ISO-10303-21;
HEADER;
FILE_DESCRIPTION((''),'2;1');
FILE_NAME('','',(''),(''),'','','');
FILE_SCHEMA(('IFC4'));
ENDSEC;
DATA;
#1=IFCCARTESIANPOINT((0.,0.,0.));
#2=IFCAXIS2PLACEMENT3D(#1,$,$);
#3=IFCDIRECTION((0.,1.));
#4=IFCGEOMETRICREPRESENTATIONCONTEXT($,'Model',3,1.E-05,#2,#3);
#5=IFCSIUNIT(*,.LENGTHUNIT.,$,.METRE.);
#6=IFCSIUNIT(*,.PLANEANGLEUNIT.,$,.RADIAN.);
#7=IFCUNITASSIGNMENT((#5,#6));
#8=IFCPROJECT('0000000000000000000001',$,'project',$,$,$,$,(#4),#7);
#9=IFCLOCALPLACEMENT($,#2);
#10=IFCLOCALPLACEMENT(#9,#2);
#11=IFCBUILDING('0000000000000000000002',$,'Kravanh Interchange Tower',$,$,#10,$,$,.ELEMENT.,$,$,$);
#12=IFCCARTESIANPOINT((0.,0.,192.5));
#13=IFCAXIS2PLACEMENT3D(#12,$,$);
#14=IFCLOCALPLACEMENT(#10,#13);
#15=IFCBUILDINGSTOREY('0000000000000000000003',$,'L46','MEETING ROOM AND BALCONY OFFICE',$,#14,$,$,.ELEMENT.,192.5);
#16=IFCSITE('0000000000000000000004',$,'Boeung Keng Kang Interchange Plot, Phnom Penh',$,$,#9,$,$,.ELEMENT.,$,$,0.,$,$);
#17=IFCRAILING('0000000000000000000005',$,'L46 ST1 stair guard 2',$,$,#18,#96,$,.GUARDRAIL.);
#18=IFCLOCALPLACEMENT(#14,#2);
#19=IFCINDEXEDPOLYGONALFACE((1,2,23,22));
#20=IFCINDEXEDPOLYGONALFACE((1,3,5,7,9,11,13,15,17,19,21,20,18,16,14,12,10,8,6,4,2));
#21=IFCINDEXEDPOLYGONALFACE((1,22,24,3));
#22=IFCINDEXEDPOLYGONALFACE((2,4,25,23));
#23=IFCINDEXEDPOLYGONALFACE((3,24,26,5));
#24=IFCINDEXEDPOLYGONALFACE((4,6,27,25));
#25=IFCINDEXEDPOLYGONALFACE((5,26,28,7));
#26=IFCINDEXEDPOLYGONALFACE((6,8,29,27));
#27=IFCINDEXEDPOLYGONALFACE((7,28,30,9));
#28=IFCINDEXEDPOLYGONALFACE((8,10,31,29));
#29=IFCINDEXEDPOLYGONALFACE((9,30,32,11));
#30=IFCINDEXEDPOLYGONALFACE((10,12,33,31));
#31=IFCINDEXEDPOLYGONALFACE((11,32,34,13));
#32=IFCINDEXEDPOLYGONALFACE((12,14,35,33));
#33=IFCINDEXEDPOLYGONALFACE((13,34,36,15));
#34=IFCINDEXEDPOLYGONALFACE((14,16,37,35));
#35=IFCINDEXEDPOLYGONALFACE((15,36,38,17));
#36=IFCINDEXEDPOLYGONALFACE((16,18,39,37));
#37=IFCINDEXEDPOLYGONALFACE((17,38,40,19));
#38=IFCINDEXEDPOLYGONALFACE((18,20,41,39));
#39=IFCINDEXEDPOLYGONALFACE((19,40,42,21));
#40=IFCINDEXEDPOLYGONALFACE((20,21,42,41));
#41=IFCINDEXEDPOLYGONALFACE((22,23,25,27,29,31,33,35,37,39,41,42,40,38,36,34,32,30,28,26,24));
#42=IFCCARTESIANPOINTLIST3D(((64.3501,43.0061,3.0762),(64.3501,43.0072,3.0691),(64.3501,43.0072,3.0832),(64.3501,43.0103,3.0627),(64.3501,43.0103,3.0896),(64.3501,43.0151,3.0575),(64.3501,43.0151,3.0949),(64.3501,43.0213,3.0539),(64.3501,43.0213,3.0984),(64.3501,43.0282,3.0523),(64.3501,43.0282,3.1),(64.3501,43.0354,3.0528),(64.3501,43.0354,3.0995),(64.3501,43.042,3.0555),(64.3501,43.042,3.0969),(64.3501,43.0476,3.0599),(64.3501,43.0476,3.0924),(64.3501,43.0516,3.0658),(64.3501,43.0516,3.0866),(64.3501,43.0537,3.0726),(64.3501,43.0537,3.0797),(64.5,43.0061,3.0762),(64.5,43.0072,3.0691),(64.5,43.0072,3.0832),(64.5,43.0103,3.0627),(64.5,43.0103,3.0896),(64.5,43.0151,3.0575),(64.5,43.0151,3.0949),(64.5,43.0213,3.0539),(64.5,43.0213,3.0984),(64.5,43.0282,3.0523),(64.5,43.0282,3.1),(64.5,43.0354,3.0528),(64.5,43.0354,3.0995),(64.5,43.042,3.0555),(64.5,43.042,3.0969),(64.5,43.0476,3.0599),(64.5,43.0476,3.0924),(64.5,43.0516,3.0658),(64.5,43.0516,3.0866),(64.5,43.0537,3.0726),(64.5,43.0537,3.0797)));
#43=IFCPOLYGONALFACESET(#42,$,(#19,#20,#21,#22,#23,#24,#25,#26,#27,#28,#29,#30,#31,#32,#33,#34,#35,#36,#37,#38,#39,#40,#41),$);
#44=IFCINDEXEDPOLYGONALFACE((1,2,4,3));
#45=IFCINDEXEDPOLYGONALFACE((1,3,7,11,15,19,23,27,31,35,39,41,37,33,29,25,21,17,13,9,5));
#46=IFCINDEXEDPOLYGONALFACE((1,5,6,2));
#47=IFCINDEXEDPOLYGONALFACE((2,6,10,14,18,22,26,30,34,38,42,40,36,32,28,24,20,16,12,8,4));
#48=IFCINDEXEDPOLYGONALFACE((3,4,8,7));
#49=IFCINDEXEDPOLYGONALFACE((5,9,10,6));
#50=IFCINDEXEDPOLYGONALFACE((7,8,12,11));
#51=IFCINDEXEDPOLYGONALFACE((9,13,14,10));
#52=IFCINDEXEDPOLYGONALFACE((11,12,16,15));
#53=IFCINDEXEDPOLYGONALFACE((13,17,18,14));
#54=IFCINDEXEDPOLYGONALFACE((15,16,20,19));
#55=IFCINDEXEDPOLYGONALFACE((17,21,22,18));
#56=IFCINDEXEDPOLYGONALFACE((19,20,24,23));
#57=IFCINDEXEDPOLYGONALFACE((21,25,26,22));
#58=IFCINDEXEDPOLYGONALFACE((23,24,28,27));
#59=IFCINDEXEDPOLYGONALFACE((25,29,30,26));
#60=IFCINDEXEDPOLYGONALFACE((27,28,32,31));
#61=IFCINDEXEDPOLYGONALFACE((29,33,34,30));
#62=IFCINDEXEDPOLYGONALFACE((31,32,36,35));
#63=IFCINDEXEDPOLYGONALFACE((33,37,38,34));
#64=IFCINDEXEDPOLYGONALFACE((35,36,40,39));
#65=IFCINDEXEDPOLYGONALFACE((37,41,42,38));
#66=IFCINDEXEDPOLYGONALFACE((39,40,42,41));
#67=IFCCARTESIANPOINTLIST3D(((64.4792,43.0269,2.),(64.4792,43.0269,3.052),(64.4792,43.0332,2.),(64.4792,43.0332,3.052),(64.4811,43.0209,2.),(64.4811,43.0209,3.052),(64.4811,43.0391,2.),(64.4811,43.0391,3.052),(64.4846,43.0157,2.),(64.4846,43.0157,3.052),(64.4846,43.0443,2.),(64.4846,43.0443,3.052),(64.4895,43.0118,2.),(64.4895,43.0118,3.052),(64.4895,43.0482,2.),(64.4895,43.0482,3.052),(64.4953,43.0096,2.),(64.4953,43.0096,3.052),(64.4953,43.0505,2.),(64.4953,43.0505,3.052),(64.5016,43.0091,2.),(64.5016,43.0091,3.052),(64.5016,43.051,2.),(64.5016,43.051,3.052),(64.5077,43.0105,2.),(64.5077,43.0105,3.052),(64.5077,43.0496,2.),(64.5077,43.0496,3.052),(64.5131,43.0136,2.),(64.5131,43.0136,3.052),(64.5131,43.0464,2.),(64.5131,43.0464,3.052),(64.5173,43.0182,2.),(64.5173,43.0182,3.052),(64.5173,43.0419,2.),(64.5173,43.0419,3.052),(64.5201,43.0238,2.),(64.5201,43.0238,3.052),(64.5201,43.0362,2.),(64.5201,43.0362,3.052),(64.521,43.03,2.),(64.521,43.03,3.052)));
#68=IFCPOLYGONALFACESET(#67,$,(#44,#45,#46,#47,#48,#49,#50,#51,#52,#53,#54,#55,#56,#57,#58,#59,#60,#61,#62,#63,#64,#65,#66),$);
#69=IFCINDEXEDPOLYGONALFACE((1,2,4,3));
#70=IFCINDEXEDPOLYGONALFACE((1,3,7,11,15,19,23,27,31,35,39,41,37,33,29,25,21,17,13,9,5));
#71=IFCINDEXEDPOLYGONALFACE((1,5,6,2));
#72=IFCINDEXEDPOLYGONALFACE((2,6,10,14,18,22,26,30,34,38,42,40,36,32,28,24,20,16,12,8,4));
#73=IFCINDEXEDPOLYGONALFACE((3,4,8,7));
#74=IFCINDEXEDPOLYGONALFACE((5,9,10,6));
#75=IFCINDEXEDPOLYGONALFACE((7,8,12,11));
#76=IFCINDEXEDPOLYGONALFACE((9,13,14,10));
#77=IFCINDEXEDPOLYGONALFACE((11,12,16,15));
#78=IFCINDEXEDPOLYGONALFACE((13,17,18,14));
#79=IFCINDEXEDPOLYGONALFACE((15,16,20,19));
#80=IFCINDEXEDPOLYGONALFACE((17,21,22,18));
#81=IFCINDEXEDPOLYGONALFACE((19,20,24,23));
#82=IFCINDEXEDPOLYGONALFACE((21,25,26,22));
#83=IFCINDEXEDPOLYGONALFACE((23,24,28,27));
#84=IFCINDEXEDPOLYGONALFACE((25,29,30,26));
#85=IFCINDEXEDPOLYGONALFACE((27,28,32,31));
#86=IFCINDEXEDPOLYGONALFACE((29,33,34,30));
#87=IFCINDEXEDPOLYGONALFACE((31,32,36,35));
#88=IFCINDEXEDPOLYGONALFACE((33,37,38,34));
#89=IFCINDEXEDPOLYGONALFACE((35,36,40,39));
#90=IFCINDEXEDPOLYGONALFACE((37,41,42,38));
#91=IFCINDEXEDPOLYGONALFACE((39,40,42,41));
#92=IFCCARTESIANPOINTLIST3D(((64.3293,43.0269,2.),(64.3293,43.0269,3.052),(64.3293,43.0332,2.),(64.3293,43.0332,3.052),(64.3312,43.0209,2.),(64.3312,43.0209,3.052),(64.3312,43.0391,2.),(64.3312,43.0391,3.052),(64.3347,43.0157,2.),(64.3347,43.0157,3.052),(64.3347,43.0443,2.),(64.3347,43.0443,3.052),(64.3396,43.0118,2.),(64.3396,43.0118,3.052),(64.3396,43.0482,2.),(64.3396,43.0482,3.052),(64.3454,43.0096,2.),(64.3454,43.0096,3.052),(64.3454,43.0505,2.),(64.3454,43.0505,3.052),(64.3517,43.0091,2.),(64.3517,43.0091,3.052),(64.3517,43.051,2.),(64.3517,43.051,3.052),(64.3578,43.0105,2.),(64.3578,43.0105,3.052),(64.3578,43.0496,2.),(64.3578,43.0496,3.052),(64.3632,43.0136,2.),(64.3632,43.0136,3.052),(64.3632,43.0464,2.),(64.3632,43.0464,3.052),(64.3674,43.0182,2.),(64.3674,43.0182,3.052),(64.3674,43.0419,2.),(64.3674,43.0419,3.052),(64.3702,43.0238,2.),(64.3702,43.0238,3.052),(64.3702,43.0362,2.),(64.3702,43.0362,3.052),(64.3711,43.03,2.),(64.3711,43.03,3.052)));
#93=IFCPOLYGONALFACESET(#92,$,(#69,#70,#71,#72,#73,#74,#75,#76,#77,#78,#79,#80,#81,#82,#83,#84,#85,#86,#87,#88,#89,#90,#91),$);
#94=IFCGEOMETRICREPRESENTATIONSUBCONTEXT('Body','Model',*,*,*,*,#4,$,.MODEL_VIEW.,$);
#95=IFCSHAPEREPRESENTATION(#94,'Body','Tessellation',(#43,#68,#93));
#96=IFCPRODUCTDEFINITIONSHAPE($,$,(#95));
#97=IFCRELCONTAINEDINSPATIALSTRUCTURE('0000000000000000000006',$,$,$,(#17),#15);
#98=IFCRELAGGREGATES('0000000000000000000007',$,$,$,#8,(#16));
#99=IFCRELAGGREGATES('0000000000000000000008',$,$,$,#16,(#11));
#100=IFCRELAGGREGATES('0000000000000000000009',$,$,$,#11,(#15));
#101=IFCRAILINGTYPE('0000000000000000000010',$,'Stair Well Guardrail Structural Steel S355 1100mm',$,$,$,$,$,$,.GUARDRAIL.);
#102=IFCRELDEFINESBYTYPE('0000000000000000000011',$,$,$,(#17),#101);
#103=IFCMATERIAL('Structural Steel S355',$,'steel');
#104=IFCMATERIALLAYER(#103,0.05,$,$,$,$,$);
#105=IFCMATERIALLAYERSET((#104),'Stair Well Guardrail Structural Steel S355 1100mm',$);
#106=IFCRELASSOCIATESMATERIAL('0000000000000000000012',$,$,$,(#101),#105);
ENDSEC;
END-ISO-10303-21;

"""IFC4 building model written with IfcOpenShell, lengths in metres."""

from ifc_helpers import new_model, si_unit, direction, frame, origin, origin_2d, place, context, subcontext, project, spatial, circle, extrude, material, layer, layer_set, type_object, element, save


model = new_model("IFC4")

# Units and contexts
model_context = context("Model", 3, precision=1e-05, world=origin(), true_north=direction((0.0, 1.0)))
body_context = subcontext(model_context, "Body", "Model", "MODEL_VIEW")
ifc_project = project(units=[si_unit("LENGTHUNIT", "METRE"), si_unit("PLANEANGLEUNIT", "RADIAN")], contexts=[model_context])

# Site, building, storey
site_placement = place(None, origin())
site = spatial("IfcSite", under=ifc_project, at=site_placement, Name="Boeung Keng Kang Interchange Plot, Phnom Penh", CompositionType="ELEMENT", RefElevation=0.0)
building_placement = place(site_placement, origin())
building = spatial("IfcBuilding", under=site, at=building_placement, Name="Kravanh Interchange Tower", CompositionType="ELEMENT")
storey_placement = place(building_placement, frame((0.0, 0.0, 192.5)))
storey = spatial("IfcBuildingStorey", under=building, at=storey_placement, Name="L46", Description="MEETING ROOM AND BALCONY OFFICE", CompositionType="ELEMENT", Elevation=192.5)

# Railing
ifc_material_1 = material(Name="Structural Steel S355", Category="steel")
ifc_layer_1 = layer(ifc_material_1, 0.05)
ifc_layer_set_1 = layer_set([ifc_layer_1], Name="Stair Well Guardrail Structural Steel S355 1100mm")
railing_type_1 = type_object("IfcRailingType", Name="Stair Well Guardrail Structural Steel S355 1100mm", PredefinedType="GUARDRAIL", material=ifc_layer_set_1)
railing_1_placement = place(storey_placement, frame((64.5, 43.03, 2.0)))
element("IfcRailing", 1, at=railing_1_placement, inside=storey, type_object=railing_type_1, Name="L46 ST1 stair guard 2", PredefinedType="GUARDRAIL", context=body_context, shape_type="SweptSolid", body=[
    extrude(circle(Radius=0.0239, at=origin_2d()), frame((0.0, 0.0, 1.0762), z_axis=(-1.0, 0.0, 0.0), x_axis=(0.0, -1.0, 0.0)), (0.0, 0.0, 1.0), 0.1499),
    extrude(circle(Radius=0.021, at=origin_2d()), origin(), (0.0, 0.0, 1.0), 1.052),
    extrude(circle(Radius=0.021, at=origin_2d()), frame((-0.1499, 0.0, 0.0)), (0.0, 0.0, 1.0), 1.052),
])

save(model, "model.ifc")
